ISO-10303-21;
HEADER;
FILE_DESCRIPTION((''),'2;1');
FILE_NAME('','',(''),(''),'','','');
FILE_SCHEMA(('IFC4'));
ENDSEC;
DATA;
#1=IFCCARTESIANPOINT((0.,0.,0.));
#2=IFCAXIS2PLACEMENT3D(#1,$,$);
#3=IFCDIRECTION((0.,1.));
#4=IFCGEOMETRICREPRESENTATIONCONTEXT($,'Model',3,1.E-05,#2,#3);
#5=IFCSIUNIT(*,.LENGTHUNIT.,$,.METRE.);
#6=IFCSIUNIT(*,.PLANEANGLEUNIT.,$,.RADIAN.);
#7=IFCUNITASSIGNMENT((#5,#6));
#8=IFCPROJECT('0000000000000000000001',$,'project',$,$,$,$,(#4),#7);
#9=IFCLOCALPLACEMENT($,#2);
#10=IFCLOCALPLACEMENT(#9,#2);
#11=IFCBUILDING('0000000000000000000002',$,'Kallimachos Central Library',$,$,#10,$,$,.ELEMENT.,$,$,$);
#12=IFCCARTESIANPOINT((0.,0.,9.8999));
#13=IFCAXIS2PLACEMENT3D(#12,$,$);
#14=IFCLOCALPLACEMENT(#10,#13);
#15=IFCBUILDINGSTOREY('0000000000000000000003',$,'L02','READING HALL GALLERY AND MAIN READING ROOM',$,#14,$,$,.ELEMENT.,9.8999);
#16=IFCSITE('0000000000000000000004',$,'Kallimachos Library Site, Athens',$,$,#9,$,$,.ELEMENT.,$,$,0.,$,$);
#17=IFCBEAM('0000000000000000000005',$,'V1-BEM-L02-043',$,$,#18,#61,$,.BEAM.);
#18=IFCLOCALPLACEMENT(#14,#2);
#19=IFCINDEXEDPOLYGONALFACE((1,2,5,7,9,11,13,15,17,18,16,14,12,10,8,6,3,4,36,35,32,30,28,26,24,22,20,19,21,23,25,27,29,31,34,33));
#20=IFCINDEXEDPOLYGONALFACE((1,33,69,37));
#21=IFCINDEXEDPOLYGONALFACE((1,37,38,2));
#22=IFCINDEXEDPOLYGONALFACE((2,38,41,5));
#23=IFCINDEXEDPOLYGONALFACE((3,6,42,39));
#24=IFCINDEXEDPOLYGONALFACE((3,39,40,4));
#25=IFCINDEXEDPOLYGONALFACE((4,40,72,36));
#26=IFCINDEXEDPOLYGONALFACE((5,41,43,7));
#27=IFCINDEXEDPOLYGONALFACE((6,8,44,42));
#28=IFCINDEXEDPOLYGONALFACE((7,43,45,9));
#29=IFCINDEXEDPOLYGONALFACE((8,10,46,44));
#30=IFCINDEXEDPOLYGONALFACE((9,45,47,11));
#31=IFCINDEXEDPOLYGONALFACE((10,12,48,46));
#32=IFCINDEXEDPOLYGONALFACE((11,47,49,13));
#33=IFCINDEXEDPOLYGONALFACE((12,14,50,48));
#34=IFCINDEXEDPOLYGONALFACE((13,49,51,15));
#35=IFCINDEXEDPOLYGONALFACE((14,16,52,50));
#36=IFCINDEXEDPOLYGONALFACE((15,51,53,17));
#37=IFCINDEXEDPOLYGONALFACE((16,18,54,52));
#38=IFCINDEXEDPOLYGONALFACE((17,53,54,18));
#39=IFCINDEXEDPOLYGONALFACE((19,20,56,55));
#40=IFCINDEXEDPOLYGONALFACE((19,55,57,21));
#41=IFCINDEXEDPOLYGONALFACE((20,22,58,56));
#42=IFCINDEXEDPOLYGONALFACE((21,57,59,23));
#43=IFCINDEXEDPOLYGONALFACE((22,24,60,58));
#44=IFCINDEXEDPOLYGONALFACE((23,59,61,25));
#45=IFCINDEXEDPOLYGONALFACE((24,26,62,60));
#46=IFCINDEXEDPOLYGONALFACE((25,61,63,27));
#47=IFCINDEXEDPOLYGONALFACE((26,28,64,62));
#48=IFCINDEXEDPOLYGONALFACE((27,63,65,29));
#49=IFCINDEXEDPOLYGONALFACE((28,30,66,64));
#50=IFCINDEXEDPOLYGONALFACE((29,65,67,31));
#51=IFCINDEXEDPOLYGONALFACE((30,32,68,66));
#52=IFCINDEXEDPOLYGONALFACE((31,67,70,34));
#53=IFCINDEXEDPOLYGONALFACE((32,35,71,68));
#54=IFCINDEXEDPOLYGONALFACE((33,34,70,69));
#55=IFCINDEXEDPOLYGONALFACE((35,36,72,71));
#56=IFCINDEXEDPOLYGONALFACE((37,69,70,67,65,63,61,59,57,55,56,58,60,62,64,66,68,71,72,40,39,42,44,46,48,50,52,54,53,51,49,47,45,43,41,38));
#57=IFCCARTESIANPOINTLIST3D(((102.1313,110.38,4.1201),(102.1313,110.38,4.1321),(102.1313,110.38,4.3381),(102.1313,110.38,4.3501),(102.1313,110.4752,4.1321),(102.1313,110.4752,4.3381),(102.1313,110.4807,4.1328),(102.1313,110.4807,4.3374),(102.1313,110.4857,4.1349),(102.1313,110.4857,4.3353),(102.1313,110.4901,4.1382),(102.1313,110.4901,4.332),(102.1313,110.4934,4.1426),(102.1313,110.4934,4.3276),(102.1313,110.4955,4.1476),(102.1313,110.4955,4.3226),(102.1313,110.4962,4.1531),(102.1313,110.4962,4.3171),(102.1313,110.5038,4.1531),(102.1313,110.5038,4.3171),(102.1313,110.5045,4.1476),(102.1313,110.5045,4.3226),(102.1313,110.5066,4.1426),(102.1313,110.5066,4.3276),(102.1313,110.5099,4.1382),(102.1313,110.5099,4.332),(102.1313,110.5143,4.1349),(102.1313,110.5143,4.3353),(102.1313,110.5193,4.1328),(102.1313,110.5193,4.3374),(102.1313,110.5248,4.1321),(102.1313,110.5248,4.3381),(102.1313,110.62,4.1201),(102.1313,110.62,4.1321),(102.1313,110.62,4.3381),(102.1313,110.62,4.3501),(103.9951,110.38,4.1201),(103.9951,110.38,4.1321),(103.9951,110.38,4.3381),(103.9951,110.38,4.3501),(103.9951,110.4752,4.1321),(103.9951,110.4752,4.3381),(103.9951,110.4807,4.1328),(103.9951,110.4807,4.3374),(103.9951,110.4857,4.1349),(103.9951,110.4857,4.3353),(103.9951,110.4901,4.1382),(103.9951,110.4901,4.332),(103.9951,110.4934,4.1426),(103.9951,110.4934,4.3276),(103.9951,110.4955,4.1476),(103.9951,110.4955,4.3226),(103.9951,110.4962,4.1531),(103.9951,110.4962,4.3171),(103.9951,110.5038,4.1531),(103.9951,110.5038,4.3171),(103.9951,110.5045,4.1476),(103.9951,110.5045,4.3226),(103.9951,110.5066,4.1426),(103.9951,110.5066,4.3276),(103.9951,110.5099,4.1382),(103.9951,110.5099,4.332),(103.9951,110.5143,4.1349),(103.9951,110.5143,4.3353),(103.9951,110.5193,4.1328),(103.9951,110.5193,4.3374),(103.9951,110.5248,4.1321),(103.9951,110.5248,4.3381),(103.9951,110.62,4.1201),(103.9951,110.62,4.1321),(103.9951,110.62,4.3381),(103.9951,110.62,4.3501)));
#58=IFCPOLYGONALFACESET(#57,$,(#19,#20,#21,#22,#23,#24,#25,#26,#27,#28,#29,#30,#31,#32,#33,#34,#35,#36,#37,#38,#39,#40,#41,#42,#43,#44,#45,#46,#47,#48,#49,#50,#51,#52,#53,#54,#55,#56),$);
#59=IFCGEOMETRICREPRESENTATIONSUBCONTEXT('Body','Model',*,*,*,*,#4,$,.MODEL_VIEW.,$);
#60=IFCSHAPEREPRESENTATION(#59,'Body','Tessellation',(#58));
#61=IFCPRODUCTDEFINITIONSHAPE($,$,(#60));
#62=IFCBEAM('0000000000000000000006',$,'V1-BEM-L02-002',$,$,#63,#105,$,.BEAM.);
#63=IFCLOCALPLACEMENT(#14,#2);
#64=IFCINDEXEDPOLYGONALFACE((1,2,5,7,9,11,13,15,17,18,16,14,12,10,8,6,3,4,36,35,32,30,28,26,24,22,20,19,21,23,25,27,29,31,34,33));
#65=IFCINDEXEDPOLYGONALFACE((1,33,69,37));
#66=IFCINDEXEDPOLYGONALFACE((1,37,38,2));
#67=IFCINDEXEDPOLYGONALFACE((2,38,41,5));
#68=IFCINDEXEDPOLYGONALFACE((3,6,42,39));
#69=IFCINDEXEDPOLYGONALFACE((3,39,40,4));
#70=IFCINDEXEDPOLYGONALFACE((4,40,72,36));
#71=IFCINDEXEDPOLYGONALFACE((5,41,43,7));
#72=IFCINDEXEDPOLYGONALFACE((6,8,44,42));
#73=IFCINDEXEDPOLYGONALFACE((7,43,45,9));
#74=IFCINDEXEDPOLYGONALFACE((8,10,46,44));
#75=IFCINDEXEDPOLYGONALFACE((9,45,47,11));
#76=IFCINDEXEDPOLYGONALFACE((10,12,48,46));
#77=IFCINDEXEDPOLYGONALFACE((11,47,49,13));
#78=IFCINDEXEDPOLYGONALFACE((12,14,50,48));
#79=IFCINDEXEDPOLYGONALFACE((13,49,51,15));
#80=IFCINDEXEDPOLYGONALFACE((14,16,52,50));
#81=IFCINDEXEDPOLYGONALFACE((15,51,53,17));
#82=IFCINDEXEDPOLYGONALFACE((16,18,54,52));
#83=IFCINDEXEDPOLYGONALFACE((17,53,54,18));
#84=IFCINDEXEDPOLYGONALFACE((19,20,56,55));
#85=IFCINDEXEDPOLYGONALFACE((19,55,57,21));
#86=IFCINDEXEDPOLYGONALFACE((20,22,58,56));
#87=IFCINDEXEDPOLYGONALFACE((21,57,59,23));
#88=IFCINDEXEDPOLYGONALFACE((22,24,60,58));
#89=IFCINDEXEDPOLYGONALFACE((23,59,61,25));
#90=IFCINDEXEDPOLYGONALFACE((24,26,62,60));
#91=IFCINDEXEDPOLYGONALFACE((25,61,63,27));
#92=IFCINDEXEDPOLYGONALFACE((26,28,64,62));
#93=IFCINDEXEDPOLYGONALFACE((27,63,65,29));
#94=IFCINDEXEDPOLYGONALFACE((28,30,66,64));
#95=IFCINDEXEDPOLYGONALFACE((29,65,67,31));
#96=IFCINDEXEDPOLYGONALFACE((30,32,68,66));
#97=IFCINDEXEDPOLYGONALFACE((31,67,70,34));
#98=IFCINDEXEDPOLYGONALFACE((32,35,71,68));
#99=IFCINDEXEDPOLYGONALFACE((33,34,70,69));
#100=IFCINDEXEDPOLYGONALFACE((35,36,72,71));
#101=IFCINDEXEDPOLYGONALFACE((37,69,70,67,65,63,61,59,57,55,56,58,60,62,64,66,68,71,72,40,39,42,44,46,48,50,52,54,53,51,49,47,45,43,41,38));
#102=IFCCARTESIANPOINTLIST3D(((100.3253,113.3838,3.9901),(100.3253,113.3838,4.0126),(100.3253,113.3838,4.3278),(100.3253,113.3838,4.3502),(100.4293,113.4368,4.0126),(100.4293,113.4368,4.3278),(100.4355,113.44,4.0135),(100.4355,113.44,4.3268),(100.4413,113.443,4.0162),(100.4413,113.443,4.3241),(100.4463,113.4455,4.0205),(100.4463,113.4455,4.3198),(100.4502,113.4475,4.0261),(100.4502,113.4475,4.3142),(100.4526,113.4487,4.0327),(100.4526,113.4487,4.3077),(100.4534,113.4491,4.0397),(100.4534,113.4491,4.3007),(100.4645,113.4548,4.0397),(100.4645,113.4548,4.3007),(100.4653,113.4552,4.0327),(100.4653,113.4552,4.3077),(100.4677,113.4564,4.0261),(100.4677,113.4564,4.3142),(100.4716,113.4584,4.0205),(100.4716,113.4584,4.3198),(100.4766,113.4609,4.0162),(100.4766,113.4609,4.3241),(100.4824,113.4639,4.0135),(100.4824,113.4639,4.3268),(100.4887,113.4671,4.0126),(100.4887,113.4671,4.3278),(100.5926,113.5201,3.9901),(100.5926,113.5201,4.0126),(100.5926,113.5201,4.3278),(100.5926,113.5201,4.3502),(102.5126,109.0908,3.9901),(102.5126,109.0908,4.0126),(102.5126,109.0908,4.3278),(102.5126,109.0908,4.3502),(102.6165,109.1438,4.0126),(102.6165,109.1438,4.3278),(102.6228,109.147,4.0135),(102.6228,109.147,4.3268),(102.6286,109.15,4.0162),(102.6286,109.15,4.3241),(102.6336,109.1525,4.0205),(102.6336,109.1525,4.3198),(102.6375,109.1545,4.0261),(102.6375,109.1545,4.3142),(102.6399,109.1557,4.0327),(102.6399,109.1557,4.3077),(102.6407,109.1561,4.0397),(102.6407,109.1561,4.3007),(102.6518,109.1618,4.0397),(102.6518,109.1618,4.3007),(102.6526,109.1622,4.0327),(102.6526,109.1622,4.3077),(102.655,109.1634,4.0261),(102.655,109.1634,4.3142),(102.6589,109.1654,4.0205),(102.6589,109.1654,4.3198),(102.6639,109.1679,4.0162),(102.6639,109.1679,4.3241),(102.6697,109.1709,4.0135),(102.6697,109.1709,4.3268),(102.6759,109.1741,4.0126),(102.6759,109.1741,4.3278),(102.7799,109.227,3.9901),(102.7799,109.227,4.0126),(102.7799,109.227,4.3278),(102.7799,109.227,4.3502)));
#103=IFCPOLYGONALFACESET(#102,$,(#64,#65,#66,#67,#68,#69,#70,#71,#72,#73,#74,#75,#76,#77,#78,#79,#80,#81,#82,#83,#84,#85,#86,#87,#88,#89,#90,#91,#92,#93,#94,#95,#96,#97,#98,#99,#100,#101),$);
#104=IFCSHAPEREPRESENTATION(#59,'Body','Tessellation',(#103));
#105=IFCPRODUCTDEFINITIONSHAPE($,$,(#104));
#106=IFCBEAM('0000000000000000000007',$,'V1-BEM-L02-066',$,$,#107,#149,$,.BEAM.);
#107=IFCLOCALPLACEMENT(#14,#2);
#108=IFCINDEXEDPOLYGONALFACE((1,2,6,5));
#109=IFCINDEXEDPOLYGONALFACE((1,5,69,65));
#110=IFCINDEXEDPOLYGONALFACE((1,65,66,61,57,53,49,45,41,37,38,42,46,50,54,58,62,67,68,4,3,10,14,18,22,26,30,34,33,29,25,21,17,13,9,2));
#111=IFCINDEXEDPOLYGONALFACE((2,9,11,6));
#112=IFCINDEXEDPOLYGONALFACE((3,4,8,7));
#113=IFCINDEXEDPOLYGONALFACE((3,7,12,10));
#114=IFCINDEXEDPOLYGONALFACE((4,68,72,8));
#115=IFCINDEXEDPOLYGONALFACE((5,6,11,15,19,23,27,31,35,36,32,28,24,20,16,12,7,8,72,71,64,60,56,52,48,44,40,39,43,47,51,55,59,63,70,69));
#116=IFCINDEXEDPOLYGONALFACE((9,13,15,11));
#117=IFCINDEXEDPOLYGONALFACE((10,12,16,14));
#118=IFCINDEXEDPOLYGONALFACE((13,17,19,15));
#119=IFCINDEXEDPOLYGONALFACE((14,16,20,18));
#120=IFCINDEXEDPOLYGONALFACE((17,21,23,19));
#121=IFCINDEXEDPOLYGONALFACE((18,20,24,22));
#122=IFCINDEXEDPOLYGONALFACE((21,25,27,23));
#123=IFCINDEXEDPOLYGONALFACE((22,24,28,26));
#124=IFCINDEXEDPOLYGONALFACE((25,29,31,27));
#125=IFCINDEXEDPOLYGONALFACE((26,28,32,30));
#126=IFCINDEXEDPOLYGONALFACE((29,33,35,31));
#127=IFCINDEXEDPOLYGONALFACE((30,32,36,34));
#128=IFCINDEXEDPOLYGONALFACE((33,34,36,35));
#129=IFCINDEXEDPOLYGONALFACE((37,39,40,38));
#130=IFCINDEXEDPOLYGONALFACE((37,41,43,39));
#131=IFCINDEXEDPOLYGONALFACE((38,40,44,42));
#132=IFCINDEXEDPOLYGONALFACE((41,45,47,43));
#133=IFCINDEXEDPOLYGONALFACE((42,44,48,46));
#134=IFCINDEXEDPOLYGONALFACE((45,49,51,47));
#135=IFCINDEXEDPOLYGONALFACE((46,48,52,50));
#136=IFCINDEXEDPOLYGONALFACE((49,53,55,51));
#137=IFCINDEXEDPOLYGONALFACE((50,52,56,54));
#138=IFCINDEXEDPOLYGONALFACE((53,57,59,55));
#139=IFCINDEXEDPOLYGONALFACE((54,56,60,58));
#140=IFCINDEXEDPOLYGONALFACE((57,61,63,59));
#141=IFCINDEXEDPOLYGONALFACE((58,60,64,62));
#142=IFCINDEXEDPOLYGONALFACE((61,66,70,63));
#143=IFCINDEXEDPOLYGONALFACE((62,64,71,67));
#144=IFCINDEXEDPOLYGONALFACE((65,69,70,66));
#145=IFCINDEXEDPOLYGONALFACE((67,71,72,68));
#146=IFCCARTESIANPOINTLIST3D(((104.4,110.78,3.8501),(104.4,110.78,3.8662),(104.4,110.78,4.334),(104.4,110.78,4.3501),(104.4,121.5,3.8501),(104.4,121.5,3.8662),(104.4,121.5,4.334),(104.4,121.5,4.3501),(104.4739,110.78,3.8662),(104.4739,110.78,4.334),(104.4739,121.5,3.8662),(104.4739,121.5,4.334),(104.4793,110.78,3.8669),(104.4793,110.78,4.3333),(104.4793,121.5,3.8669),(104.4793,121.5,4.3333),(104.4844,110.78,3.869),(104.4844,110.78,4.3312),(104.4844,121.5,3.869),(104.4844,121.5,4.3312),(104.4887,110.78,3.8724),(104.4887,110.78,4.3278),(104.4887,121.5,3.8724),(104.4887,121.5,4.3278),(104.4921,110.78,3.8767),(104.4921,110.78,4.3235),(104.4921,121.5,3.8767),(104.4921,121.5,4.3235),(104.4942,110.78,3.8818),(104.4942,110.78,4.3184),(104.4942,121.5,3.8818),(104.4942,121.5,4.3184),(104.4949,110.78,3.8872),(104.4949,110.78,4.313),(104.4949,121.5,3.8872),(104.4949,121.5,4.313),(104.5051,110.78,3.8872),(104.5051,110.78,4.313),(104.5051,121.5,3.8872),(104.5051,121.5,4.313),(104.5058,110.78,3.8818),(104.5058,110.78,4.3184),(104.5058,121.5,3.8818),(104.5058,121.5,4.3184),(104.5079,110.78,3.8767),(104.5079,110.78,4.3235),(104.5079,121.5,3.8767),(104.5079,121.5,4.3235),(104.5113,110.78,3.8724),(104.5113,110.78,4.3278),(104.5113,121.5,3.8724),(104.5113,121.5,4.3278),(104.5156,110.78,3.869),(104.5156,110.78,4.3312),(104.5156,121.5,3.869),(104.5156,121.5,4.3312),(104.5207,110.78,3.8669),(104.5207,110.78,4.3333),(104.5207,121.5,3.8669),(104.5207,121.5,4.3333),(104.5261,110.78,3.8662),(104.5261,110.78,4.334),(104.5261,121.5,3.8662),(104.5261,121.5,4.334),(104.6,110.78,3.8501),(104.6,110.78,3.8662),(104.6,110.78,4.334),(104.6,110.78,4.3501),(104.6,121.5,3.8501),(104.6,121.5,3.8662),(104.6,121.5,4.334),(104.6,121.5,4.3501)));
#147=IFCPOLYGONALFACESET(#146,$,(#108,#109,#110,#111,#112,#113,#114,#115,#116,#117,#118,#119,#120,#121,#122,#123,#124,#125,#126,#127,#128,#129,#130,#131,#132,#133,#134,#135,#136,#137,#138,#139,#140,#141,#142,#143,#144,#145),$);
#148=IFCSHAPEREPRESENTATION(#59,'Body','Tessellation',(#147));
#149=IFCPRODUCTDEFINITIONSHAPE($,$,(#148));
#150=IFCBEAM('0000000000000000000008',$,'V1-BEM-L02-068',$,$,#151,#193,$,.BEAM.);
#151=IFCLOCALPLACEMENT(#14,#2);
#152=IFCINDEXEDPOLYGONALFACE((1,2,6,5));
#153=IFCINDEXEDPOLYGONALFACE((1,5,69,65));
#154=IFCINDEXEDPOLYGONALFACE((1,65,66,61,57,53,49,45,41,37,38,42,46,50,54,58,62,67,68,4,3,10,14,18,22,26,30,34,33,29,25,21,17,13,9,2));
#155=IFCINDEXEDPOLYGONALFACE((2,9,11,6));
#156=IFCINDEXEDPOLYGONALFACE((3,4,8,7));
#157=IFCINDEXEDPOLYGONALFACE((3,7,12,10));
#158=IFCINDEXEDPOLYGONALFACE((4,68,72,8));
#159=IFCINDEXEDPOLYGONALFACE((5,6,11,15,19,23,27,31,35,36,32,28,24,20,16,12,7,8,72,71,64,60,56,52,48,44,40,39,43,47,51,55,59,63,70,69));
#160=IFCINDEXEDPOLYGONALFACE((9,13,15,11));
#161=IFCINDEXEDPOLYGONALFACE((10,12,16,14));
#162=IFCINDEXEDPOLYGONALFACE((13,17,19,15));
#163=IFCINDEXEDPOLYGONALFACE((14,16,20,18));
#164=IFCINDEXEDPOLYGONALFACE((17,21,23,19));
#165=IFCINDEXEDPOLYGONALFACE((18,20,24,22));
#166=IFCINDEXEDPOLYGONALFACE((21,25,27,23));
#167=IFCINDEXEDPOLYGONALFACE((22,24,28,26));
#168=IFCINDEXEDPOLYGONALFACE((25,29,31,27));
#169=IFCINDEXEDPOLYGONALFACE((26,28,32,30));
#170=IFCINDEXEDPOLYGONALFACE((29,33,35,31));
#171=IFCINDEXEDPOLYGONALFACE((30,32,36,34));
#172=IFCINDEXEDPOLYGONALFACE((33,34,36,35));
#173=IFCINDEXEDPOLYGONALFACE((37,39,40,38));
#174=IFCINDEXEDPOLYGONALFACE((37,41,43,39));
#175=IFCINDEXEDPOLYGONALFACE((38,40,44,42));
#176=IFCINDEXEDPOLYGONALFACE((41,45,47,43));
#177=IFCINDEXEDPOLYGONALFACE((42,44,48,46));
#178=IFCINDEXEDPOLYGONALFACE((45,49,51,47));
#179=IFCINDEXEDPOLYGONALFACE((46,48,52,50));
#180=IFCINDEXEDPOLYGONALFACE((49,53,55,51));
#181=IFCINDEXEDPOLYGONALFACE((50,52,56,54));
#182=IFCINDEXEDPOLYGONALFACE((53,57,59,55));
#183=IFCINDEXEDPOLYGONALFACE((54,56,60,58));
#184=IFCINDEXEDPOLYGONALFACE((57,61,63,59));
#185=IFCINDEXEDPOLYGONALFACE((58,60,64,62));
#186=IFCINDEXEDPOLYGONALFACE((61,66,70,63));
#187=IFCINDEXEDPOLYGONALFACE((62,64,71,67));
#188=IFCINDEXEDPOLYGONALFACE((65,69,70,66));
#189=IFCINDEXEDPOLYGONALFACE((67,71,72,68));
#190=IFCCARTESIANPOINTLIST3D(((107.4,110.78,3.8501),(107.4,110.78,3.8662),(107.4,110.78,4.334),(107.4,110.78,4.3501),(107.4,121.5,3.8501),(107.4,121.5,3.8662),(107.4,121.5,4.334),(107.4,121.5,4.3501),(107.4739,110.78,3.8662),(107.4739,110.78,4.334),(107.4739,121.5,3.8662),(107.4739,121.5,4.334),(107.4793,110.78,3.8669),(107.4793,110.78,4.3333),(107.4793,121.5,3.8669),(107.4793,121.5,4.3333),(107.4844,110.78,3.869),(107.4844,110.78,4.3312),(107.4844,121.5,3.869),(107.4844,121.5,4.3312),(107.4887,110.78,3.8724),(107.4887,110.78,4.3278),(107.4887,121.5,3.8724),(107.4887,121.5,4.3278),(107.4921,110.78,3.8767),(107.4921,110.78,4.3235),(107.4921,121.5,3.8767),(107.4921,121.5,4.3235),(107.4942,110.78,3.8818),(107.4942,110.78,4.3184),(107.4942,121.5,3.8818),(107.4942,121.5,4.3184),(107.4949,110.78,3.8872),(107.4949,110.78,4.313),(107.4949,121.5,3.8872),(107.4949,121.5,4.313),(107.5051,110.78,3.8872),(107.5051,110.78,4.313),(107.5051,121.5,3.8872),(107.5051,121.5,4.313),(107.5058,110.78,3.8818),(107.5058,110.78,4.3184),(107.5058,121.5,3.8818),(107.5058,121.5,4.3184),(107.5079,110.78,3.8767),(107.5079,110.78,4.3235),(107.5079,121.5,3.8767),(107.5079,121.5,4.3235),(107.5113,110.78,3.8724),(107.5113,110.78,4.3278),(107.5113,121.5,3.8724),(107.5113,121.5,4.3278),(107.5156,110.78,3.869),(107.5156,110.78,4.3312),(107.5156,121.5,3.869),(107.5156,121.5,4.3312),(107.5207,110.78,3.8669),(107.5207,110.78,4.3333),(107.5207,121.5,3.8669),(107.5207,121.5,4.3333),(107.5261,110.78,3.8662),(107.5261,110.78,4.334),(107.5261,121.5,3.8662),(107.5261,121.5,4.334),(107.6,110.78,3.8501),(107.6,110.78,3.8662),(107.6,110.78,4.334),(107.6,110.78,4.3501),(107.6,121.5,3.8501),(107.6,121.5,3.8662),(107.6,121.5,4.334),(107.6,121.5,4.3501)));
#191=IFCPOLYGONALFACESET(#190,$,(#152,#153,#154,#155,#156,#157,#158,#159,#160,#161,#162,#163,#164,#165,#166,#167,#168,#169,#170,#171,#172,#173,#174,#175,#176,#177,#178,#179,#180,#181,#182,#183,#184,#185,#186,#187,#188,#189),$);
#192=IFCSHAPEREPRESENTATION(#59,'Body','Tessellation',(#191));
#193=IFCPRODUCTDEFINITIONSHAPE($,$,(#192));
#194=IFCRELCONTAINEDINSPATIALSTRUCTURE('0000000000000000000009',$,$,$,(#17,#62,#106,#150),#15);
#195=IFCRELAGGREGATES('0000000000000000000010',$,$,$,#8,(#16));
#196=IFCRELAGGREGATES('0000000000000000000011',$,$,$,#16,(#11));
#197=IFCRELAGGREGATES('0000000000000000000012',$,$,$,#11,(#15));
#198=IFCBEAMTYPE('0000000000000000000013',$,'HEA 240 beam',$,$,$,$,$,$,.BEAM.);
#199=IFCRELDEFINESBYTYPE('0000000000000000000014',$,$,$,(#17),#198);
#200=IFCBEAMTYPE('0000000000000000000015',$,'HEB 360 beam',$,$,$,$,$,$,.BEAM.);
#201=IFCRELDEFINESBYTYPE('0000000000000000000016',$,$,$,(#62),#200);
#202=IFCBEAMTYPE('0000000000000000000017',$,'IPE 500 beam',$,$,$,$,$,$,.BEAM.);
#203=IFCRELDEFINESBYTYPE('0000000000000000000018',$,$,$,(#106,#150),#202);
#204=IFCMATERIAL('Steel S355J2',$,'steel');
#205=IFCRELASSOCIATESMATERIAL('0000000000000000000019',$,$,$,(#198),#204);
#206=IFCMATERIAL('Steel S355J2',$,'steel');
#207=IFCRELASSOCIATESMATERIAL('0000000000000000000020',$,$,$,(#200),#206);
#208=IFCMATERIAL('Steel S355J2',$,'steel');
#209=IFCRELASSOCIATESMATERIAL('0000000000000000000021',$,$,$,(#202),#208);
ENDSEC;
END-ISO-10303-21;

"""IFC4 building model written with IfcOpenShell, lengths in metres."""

from ifc_helpers import new_model, si_unit, direction, frame, origin, origin_2d, place, context, subcontext, project, spatial, i_section, extrude, material, material_profile, profile_set, type_object, element, save


model = new_model("IFC4")

# Units and contexts
model_context = context("Model", 3, precision=1e-05, world=origin(), true_north=direction((0.0, 1.0)))
body_context = subcontext(model_context, "Body", "Model", "MODEL_VIEW")
ifc_project = project(units=[si_unit("LENGTHUNIT", "METRE"), si_unit("PLANEANGLEUNIT", "RADIAN")], contexts=[model_context])

# Site, building, storey
site_placement = place(None, origin())
site = spatial("IfcSite", under=ifc_project, at=site_placement, Name="Kallimachos Library Site, Athens", CompositionType="ELEMENT", RefElevation=0.0)
building_placement = place(site_placement, origin())
building = spatial("IfcBuilding", under=site, at=building_placement, Name="Kallimachos Central Library", CompositionType="ELEMENT")
storey_placement = place(building_placement, frame((0.0, 0.0, 9.8999)))
storey = spatial("IfcBuildingStorey", under=building, at=storey_placement, Name="L02", Description="READING HALL GALLERY AND MAIN READING ROOM", CompositionType="ELEMENT", Elevation=9.8999)

# Beams
ifc_material_1 = material(Name="Steel S355J2", Category="steel")
ifc_material_profile_1 = material_profile(ifc_material_1, i_section(OverallWidth=0.24, OverallDepth=0.23, WebThickness=0.0076, FlangeThickness=0.012, FilletRadius=0.021, at=origin_2d()), Name="HEA 240")
ifc_profile_set_1 = profile_set([ifc_material_profile_1], Name="Steel S355J2")
beam_type_1 = type_object("IfcBeamType", Name="HEA 240 beam", PredefinedType="BEAM", material=ifc_profile_set_1)
beam_1_placement = place(storey_placement, frame((102.1313, 110.5, 4.2351), z_axis=(1.0, 0.0, 0.0), x_axis=(0.0, 1.0, 0.0)))
element("IfcBeam", 1, at=beam_1_placement, inside=storey, type_object=beam_type_1, Name="V1-BEM-L02-043", PredefinedType="BEAM", context=body_context, shape_type="SweptSolid", body=[
    extrude(i_section(OverallWidth=0.24, OverallDepth=0.23, WebThickness=0.0076, FlangeThickness=0.012, FilletRadius=0.021, at=origin_2d()), origin(), (0.0, 0.0, 1.0), 1.8638),
])
ifc_material_2 = material(Name="Steel S355J2", Category="steel")
ifc_material_profile_2 = material_profile(ifc_material_2, i_section(OverallWidth=0.3, OverallDepth=0.3601, WebThickness=0.0125, FlangeThickness=0.0225, FilletRadius=0.0271, at=origin_2d()), Name="HEB 360")
ifc_profile_set_2 = profile_set([ifc_material_profile_2], Name="Steel S355J2")
beam_type_2 = type_object("IfcBeamType", Name="HEB 360 beam", PredefinedType="BEAM", material=ifc_profile_set_2)
beam_2_placement = place(storey_placement, frame((102.6462, 109.1589, 4.1702), z_axis=(-0.453971, 0.891017, 0.0), x_axis=(-0.891017, -0.453971, 0.0)))
element("IfcBeam", 2, at=beam_2_placement, inside=storey, type_object=beam_type_2, Name="V1-BEM-L02-002", PredefinedType="BEAM", context=body_context, shape_type="SweptSolid", body=[
    extrude(i_section(OverallWidth=0.3, OverallDepth=0.3601, WebThickness=0.0125, FlangeThickness=0.0225, FilletRadius=0.0271, at=origin_2d()), origin(), (0.0, 0.0, 1.0), 4.8181),
])
ifc_material_3 = material(Name="Steel S355J2", Category="steel")
ifc_material_profile_3 = material_profile(ifc_material_3, i_section(OverallWidth=0.2, OverallDepth=0.5, WebThickness=0.0103, FlangeThickness=0.0161, FilletRadius=0.021, at=origin_2d()), Name="IPE 500")
ifc_profile_set_3 = profile_set([ifc_material_profile_3], Name="Steel S355J2")
beam_type_3 = type_object("IfcBeamType", Name="IPE 500 beam", PredefinedType="BEAM", material=ifc_profile_set_3)
for number, where, z_axis, x_axis, name in (
    (3, (104.5, 110.78, 4.1001), (0.0, 1.0, 0.0), (-1.0, 0.0, 0.0), "V1-BEM-L02-066"),
    (4, (107.5, 110.78, 4.1001), (0.0, 1.0, 0.0), (-1.0, 0.0, 0.0), "V1-BEM-L02-068"),
):
    element("IfcBeam", number, at=place(storey_placement, frame(where, z_axis=z_axis, x_axis=x_axis)), inside=storey, type_object=beam_type_3, Name=name, PredefinedType="BEAM", context=body_context, shape_type="SweptSolid", body=[
        extrude(i_section(OverallWidth=0.2, OverallDepth=0.5, WebThickness=0.0103, FlangeThickness=0.0161, FilletRadius=0.021, at=origin_2d()), origin(), (0.0, 0.0, 1.0), 10.72),
    ])

save(model, "model.ifc")
